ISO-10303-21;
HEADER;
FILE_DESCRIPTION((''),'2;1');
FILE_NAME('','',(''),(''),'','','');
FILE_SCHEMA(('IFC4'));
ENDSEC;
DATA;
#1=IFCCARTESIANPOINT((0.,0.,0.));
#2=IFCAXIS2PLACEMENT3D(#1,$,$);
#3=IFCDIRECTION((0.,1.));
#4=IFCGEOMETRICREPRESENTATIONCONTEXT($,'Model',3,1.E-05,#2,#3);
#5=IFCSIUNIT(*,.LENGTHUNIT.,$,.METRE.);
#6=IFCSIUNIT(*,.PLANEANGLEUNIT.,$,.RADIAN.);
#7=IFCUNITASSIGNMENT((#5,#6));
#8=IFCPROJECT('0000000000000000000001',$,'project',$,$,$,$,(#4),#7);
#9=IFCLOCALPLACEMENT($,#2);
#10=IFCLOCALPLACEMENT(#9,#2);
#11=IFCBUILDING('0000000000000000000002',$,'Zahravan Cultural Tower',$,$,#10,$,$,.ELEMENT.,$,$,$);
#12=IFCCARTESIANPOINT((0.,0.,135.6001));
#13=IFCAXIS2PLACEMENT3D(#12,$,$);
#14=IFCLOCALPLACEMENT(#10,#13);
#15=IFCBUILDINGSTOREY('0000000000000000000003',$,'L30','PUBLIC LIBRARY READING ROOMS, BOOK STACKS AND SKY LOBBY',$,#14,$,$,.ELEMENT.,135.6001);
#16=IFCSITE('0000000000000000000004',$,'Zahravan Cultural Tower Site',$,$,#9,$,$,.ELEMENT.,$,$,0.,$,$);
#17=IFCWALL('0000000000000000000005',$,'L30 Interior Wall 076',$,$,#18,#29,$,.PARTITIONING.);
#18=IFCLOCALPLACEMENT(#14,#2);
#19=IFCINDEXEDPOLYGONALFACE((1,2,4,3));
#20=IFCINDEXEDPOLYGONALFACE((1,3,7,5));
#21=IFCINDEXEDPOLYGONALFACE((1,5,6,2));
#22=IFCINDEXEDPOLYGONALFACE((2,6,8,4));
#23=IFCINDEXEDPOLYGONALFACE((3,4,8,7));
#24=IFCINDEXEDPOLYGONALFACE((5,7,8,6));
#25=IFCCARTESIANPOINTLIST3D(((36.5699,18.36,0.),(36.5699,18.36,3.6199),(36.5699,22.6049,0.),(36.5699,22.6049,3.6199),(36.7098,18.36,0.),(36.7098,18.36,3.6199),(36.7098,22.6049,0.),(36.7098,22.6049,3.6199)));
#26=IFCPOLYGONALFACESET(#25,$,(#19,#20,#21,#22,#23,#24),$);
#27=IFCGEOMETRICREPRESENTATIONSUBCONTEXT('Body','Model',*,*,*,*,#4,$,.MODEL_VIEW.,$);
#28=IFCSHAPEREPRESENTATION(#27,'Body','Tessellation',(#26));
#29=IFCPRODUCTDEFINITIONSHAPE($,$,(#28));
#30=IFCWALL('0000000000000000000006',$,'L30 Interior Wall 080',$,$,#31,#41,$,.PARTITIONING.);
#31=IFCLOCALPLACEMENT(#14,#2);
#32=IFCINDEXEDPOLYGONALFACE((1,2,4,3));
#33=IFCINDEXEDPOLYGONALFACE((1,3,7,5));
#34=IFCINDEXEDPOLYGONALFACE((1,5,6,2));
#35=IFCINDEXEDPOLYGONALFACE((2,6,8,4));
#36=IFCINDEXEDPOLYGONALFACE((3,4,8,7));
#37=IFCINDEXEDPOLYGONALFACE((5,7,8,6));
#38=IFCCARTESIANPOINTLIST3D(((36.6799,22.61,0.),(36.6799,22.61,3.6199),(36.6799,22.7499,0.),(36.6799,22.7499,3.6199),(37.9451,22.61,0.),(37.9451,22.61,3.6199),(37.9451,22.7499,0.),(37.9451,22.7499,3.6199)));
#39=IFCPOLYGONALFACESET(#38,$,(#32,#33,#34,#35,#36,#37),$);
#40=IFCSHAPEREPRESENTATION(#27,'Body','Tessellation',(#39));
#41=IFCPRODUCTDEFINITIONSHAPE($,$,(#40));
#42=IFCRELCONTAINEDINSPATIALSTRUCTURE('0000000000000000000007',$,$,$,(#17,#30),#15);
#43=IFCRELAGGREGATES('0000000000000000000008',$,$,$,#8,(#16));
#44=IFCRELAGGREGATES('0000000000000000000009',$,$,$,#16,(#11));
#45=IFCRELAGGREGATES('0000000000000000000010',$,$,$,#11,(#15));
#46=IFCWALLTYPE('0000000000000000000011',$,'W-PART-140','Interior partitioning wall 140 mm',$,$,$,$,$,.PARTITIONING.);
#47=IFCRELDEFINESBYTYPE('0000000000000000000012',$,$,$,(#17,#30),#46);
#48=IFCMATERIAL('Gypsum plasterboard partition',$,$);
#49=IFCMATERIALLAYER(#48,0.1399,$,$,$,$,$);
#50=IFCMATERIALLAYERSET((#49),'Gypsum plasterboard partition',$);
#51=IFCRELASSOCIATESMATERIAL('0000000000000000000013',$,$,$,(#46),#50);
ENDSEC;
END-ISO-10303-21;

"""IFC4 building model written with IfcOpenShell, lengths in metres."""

from ifc_helpers import new_model, si_unit, direction, frame, frame_2d, origin, place, context, subcontext, project, spatial, rectangle, extrude, source, transform, mapped, material, layer, layer_set, type_object, element, save


model = new_model("IFC4")

# Units and contexts
model_context = context("Model", 3, precision=1e-05, world=origin(), true_north=direction((0.0, 1.0)))
body_context = subcontext(model_context, "Body", "Model", "MODEL_VIEW")
ifc_project = project(units=[si_unit("LENGTHUNIT", "METRE"), si_unit("PLANEANGLEUNIT", "RADIAN")], contexts=[model_context])

# Site, building, storey
site_placement = place(None, origin())
site = spatial("IfcSite", under=ifc_project, at=site_placement, Name="Zahravan Cultural Tower Site", CompositionType="ELEMENT", RefElevation=0.0)
building_placement = place(site_placement, origin())
building = spatial("IfcBuilding", under=site, at=building_placement, Name="Zahravan Cultural Tower", CompositionType="ELEMENT")
storey_placement = place(building_placement, frame((0.0, 0.0, 135.6001)))
storey = spatial("IfcBuildingStorey", under=building, at=storey_placement, Name="L30", Description="PUBLIC LIBRARY READING ROOMS, BOOK STACKS AND SKY LOBBY", CompositionType="ELEMENT", Elevation=135.6001)

# Shared definitions
ifc_material_1 = material(Name="Gypsum plasterboard partition")
ifc_layer_1 = layer(ifc_material_1, 0.1399)
ifc_layer_set_1 = layer_set([ifc_layer_1], Name="Gypsum plasterboard partition")
wall_type_1 = type_object("IfcWallType", Name="W-PART-140", Description="Interior partitioning wall 140 mm", PredefinedType="PARTITIONING", material=ifc_layer_set_1)

# Walls
shared_shape_1 = source(origin(), body_context, "Body", "SweptSolid", [
    extrude(rectangle(XDim=4.2449, YDim=0.1399, at=frame_2d((2.1226, 0.0))), origin(), (0.0, 0.0, 1.0), 3.6199),
])
wall_1_placement = place(storey_placement, frame((36.6399, 22.605, 0.0), z_axis=(0.0, 0.0, 1.0), x_axis=(0.0, -1.0, 0.0)))
element("IfcWall", 1, at=wall_1_placement, inside=storey, type_object=wall_type_1, Name="L30 Interior Wall 076", PredefinedType="PARTITIONING", context=body_context, shape_type="MappedRepresentation", body=[
    mapped(shared_shape_1, transform((0.0, 0.0, 0.0), x_axis=(1.0, 0.0, 0.0), y_axis=(0.0, 1.0, 0.0), z_axis=(0.0, 0.0, 1.0), scale=1.0)),
])
shared_shape_2 = source(origin(), body_context, "Body", "SweptSolid", [
    extrude(rectangle(XDim=1.2651, YDim=0.1399, at=frame_2d((0.6326, 0.0))), origin(), (0.0, 0.0, 1.0), 3.6199),
])
wall_2_placement = place(storey_placement, frame((36.6799, 22.6799, 0.0), z_axis=(0.0, 0.0, 1.0), x_axis=(1.0, 0.0, 0.0)))
element("IfcWall", 2, at=wall_2_placement, inside=storey, type_object=wall_type_1, Name="L30 Interior Wall 080", PredefinedType="PARTITIONING", context=body_context, shape_type="MappedRepresentation", body=[
    mapped(shared_shape_2, transform((0.0, 0.0, 0.0), x_axis=(1.0, 0.0, 0.0), y_axis=(0.0, 1.0, 0.0), z_axis=(0.0, 0.0, 1.0), scale=1.0)),
])

save(model, "model.ifc")
